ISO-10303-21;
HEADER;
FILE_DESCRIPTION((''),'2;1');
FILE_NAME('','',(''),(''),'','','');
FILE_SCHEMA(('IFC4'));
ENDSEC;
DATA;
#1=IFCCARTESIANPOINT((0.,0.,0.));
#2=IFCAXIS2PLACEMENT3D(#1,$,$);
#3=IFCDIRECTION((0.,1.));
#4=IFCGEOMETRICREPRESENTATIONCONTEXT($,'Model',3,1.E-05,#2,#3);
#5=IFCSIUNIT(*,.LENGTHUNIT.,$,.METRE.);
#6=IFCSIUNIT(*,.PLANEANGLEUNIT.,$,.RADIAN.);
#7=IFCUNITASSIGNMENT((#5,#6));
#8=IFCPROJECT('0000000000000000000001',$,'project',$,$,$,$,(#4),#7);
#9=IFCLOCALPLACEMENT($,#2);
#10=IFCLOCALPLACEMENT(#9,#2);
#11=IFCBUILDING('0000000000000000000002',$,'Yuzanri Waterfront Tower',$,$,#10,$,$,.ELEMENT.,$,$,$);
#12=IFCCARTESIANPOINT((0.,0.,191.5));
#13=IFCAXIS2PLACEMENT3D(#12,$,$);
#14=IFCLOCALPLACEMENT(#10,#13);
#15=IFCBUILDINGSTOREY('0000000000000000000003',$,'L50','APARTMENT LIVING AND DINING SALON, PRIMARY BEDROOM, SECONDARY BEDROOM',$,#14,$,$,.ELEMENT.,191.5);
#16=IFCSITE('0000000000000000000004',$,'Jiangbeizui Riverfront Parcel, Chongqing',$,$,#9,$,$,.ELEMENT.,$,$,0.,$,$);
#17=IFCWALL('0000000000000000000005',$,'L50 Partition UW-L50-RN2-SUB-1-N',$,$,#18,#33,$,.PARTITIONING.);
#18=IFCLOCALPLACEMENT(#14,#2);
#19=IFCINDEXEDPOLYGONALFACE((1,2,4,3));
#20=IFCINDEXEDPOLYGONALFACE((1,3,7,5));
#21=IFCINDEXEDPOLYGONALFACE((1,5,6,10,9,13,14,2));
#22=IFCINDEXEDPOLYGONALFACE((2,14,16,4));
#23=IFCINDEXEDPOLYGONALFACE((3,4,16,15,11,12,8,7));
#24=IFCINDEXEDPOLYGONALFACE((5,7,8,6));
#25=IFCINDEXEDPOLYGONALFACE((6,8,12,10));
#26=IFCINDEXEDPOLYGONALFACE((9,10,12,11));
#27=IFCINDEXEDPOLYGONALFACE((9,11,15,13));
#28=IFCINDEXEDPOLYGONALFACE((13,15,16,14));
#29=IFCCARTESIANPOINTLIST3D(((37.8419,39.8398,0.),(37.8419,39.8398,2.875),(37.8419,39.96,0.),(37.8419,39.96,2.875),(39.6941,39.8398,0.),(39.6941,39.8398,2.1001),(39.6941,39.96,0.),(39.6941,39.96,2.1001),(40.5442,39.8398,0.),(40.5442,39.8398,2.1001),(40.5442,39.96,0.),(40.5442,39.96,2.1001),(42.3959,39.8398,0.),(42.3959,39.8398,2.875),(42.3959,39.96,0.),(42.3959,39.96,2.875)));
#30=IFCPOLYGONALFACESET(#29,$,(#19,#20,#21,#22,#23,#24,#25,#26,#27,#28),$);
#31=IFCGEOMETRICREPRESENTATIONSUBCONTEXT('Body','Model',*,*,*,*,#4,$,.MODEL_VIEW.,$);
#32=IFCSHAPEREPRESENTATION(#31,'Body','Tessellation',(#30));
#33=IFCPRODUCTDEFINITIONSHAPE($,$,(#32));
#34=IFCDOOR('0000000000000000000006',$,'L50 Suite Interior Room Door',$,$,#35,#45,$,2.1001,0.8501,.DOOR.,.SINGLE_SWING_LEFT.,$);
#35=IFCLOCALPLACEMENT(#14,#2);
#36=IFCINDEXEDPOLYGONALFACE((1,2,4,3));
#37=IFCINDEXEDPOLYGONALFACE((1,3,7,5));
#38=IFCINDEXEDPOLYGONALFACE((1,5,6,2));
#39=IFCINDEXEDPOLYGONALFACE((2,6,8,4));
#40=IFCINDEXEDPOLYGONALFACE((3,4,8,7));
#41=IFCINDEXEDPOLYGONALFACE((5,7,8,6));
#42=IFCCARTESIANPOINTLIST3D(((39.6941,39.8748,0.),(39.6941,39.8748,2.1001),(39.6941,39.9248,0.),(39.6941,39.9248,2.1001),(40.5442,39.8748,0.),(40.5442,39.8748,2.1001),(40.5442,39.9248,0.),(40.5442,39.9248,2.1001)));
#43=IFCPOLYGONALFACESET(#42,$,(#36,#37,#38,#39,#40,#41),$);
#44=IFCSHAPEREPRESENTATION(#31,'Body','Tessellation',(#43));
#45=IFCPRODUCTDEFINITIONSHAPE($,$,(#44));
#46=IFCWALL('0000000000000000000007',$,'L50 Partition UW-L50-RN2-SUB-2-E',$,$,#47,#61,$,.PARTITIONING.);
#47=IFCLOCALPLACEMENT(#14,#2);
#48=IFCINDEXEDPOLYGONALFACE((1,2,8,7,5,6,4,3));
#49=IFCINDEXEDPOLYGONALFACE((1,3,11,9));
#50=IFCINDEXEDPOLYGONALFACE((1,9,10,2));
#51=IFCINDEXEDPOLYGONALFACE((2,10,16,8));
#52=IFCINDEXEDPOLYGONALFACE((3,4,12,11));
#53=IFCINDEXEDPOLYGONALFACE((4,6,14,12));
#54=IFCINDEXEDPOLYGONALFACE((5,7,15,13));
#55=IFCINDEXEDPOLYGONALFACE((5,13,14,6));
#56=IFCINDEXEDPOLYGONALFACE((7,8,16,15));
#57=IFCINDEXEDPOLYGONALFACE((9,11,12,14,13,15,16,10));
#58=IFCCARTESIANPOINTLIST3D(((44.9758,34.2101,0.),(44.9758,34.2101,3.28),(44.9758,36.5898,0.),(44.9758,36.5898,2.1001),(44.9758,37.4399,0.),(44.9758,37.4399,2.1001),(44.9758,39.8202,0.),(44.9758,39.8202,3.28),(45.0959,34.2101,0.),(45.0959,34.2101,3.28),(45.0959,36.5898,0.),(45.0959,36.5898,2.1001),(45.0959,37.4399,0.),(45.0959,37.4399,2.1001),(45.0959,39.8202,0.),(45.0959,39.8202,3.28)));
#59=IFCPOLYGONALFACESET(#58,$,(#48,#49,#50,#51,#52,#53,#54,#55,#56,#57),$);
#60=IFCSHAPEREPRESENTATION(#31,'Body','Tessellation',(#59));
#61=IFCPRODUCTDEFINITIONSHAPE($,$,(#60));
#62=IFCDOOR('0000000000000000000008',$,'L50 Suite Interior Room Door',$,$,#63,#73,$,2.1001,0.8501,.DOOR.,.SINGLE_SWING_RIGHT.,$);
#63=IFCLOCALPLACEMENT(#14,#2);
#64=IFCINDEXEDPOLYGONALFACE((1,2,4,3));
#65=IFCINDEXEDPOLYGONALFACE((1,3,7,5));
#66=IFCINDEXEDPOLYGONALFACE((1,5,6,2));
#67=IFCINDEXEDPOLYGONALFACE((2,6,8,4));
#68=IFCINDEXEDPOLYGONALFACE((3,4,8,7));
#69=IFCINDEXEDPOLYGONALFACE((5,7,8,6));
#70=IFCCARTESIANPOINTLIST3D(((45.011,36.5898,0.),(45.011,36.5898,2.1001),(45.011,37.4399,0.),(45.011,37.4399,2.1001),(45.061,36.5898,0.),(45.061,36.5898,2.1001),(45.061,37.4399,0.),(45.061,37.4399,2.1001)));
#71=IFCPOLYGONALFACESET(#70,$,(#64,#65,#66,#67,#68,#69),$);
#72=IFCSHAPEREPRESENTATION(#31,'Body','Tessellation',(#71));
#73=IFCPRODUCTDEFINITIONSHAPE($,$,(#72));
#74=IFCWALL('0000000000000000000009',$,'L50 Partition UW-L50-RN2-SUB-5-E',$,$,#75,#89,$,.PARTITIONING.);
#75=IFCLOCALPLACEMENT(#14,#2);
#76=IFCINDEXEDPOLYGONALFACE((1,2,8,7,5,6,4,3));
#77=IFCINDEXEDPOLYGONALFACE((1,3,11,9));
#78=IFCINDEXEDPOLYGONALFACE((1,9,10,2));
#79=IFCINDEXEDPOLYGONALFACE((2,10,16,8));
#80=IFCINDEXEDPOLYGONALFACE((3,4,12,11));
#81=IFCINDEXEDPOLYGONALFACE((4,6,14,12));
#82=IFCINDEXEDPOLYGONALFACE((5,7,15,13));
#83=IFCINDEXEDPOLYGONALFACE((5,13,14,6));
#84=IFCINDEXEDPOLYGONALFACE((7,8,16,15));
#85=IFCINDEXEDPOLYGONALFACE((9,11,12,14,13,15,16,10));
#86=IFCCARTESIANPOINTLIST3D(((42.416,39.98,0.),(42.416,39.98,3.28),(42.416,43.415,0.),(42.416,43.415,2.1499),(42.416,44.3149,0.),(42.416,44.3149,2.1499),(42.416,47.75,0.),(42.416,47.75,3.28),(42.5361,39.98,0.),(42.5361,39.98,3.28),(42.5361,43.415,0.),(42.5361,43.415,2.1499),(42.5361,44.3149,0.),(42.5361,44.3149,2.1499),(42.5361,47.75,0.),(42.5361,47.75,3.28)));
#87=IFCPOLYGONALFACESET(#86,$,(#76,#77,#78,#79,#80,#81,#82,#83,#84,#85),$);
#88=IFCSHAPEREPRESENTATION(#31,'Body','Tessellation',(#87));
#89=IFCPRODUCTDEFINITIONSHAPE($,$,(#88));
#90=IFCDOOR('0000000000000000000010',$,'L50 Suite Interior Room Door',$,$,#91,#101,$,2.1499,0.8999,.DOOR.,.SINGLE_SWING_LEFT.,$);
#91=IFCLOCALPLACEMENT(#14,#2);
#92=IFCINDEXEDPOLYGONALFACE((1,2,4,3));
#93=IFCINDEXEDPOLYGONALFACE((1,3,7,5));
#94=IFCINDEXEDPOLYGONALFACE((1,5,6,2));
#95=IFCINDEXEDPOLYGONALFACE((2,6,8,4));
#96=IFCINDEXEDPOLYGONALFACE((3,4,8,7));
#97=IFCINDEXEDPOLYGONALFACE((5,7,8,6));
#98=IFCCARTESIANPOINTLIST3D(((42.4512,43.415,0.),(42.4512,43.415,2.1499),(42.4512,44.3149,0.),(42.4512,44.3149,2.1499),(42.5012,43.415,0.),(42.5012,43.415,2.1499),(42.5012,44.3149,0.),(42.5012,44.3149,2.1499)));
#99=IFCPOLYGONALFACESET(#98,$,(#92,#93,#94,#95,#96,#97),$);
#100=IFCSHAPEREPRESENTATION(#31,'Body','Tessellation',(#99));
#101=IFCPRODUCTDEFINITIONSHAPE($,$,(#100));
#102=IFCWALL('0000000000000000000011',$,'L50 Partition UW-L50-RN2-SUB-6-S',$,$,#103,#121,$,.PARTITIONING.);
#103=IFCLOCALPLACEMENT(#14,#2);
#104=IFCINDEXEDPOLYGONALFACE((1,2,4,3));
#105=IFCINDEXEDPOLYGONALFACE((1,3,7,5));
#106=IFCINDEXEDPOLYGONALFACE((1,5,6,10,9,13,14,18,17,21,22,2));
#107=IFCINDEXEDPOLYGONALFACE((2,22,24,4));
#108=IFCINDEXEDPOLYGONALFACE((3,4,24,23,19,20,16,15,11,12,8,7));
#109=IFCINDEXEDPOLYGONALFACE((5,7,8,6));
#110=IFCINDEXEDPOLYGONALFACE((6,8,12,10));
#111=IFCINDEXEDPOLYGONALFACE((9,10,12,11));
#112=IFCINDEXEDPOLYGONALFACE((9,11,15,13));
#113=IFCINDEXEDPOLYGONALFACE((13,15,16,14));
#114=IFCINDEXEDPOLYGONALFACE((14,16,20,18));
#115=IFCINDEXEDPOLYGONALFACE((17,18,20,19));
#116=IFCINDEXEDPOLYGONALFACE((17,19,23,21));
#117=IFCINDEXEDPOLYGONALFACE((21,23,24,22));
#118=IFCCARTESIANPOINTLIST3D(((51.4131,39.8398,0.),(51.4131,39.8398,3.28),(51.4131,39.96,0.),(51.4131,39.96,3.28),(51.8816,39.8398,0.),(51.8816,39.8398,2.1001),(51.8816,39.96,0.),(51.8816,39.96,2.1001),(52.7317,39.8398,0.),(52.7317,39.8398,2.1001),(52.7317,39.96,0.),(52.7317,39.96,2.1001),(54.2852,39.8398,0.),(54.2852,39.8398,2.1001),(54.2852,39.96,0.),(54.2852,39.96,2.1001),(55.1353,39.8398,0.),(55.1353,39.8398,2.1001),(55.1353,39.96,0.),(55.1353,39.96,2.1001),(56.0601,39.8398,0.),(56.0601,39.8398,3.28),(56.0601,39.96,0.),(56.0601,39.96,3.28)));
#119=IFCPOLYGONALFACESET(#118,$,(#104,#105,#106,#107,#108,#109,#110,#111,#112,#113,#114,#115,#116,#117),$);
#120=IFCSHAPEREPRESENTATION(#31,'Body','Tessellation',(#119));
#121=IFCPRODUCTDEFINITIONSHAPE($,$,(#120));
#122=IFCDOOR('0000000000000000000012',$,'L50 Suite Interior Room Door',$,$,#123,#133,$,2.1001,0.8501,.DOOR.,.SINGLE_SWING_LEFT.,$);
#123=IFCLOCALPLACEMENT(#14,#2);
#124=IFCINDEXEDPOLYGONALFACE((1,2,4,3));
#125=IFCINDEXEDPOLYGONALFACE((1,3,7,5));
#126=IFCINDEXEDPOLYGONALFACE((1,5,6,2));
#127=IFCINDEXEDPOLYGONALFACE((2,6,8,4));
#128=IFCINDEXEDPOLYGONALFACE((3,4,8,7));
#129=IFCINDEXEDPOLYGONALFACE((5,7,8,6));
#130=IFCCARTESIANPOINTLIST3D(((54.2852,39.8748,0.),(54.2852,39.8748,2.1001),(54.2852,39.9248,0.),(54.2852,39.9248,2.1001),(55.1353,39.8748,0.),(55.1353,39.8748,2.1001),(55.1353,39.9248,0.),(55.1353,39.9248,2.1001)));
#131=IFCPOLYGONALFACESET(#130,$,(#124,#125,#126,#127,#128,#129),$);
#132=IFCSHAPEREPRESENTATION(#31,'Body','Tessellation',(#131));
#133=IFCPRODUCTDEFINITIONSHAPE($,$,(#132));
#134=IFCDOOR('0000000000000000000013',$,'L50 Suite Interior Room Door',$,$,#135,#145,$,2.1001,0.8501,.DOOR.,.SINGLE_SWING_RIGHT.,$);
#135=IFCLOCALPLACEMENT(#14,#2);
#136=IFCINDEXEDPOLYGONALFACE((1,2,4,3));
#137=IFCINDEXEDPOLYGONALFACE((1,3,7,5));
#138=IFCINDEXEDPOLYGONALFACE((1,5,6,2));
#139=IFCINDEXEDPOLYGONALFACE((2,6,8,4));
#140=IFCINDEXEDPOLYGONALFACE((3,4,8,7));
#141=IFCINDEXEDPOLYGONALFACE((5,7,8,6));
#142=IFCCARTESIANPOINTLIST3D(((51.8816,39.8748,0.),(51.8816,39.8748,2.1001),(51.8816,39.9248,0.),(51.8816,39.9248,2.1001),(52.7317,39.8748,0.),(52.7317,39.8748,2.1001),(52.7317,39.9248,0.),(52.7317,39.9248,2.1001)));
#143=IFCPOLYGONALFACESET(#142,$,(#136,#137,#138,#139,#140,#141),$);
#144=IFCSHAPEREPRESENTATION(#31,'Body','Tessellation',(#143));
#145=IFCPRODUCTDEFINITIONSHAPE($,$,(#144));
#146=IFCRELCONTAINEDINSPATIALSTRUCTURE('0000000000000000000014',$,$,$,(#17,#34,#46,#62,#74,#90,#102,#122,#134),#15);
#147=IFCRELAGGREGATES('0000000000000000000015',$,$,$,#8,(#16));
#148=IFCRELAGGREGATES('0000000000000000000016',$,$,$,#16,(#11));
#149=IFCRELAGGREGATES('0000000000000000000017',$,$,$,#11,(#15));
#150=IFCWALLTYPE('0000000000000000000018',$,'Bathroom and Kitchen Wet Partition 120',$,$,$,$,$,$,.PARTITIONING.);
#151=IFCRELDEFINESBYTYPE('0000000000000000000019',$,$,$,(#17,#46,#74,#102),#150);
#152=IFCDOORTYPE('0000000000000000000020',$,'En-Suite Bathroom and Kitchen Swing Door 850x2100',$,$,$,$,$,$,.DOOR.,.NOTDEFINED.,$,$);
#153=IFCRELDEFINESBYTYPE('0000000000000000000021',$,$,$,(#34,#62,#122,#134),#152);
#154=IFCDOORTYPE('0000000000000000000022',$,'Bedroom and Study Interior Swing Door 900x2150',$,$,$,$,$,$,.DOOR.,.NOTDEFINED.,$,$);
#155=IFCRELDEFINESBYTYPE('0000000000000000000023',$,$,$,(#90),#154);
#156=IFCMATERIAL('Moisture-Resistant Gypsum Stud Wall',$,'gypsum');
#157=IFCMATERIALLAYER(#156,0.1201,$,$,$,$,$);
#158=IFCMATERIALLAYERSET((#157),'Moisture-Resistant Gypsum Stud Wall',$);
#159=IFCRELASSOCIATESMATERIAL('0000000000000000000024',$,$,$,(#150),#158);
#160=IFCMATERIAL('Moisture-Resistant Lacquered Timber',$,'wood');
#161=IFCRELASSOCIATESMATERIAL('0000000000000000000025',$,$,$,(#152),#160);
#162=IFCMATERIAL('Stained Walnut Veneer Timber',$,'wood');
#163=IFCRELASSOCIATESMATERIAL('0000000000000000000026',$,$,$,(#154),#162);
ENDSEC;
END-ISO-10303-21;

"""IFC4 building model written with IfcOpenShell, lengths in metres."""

from ifc_helpers import new_model, si_unit, direction, frame, frame_2d, origin, place, context, subcontext, project, spatial, rectangle, extrude, source, transform, mapped, material, layer, layer_set, type_object, element, fill, save


model = new_model("IFC4")

# Units and contexts
model_context = context("Model", 3, precision=1e-05, world=origin(), true_north=direction((0.0, 1.0)))
body_context = subcontext(model_context, "Body", "Model", "MODEL_VIEW")
ifc_project = project(units=[si_unit("LENGTHUNIT", "METRE"), si_unit("PLANEANGLEUNIT", "RADIAN")], contexts=[model_context])

# Site, building, storey
site_placement = place(None, origin())
site = spatial("IfcSite", under=ifc_project, at=site_placement, Name="Jiangbeizui Riverfront Parcel, Chongqing", CompositionType="ELEMENT", RefElevation=0.0)
building_placement = place(site_placement, origin())
building = spatial("IfcBuilding", under=site, at=building_placement, Name="Yuzanri Waterfront Tower", CompositionType="ELEMENT")
storey_placement = place(building_placement, frame((0.0, 0.0, 191.5)))
storey = spatial("IfcBuildingStorey", under=building, at=storey_placement, Name="L50", Description="APARTMENT LIVING AND DINING SALON, PRIMARY BEDROOM, SECONDARY BEDROOM", CompositionType="ELEMENT", Elevation=191.5)

# Walls, openings, doors
ifc_material_1 = material(Name="Moisture-Resistant Gypsum Stud Wall", Category="gypsum")
ifc_layer_1 = layer(ifc_material_1, 0.1201)
ifc_layer_set_1 = layer_set([ifc_layer_1], Name="Moisture-Resistant Gypsum Stud Wall")
wall_type_1 = type_object("IfcWallType", Name="Bathroom and Kitchen Wet Partition 120", PredefinedType="PARTITIONING", material=ifc_layer_set_1)
wall_1_placement = place(storey_placement, frame((37.842, 39.8999, 0.0), z_axis=(0.0, 0.0, 1.0), x_axis=(1.0, 0.0, 0.0)))
wall_1 = element("IfcWall", 1, at=wall_1_placement, inside=storey, type_object=wall_type_1, Name="L50 Partition UW-L50-RN2-SUB-1-N", PredefinedType="PARTITIONING", context=body_context, shape_type="SweptSolid", body=[
    extrude(rectangle(XDim=4.554, YDim=0.1201, at=frame_2d((2.2769, 0.0))), origin(), (0.0, 0.0, 1.0), 2.875),
])
opening_1_placement = place(wall_1_placement, frame((1.8521, 0.0, 0.0)))
opening_1 = element("IfcOpeningElement", 2, at=opening_1_placement, cuts=wall_1, PredefinedType="OPENING", context=body_context, shape_type="SweptSolid", body=[
    extrude(rectangle(XDim=0.8501, YDim=2.1001, at=frame_2d((0.425, 1.05))), frame((0.0, 0.075, 0.0), z_axis=(0.0, -1.0, 0.0), x_axis=(1.0, 0.0, 0.0)), (0.0, 0.0, 1.0), 0.1499),
])
ifc_material_2 = material(Name="Moisture-Resistant Lacquered Timber", Category="wood")
door_type_1 = type_object("IfcDoorType", Name="En-Suite Bathroom and Kitchen Swing Door 850x2100", OperationType="NOTDEFINED", PredefinedType="DOOR", material=ifc_material_2)
shared_shape_1 = source(origin(), body_context, "Body", "SweptSolid", [
    extrude(rectangle(XDim=0.8501, YDim=2.1001, at=frame_2d((0.425, 1.05))), frame((0.0, 0.0249, 0.0), z_axis=(0.0, -1.0, 0.0), x_axis=(1.0, 0.0, 0.0)), (0.0, 0.0, 1.0), 0.05),
])
door_1_placement = place(opening_1_placement, origin())
door_1 = element("IfcDoor", 3, at=door_1_placement, inside=storey, type_object=door_type_1, Name="L50 Suite Interior Room Door", OperationType="SINGLE_SWING_LEFT", OverallHeight=2.1001, OverallWidth=0.8501, PredefinedType="DOOR", context=body_context, shape_type="MappedRepresentation", body=[
    mapped(shared_shape_1, transform((0.0, 0.0, 0.0), scale=1.0)),
])
fill(opening_1, door_1)
wall_2_placement = place(storey_placement, frame((45.0359, 34.21, 0.0), z_axis=(0.0, 0.0, 1.0), x_axis=(0.0, 1.0, 0.0)))
wall_2 = element("IfcWall", 4, at=wall_2_placement, inside=storey, type_object=wall_type_1, Name="L50 Partition UW-L50-RN2-SUB-2-E", PredefinedType="PARTITIONING", context=body_context, shape_type="SweptSolid", body=[
    extrude(rectangle(XDim=5.6101, YDim=0.1201, at=frame_2d((2.8052, 0.0))), origin(), (0.0, 0.0, 1.0), 3.28),
])
opening_2_placement = place(wall_2_placement, frame((2.3799, 0.0, 0.0)))
opening_2 = element("IfcOpeningElement", 5, at=opening_2_placement, cuts=wall_2, PredefinedType="OPENING", context=body_context, shape_type="SweptSolid", body=[
    extrude(rectangle(XDim=0.8501, YDim=2.1001, at=frame_2d((0.425, 1.05))), frame((0.0, 0.075, 0.0), z_axis=(0.0, -1.0, 0.0), x_axis=(1.0, 0.0, 0.0)), (0.0, 0.0, 1.0), 0.1499),
])
door_2_placement = place(opening_2_placement, origin())
door_2 = element("IfcDoor", 6, at=door_2_placement, inside=storey, type_object=door_type_1, Name="L50 Suite Interior Room Door", OperationType="SINGLE_SWING_RIGHT", OverallHeight=2.1001, OverallWidth=0.8501, PredefinedType="DOOR", context=body_context, shape_type="MappedRepresentation", body=[
    mapped(shared_shape_1, transform((0.0, 0.0, 0.0), scale=1.0)),
])
fill(opening_2, door_2)
wall_3_placement = place(storey_placement, frame((42.4761, 39.98, 0.0), z_axis=(0.0, 0.0, 1.0), x_axis=(0.0, 1.0, 0.0)))
wall_3 = element("IfcWall", 7, at=wall_3_placement, inside=storey, type_object=wall_type_1, Name="L50 Partition UW-L50-RN2-SUB-5-E", PredefinedType="PARTITIONING", context=body_context, shape_type="SweptSolid", body=[
    extrude(rectangle(XDim=7.77, YDim=0.1201, at=frame_2d((3.885, 0.0))), origin(), (0.0, 0.0, 1.0), 3.28),
])
opening_3_placement = place(wall_3_placement, frame((3.4351, 0.0, 0.0)))
opening_3 = element("IfcOpeningElement", 8, at=opening_3_placement, cuts=wall_3, PredefinedType="OPENING", context=body_context, shape_type="SweptSolid", body=[
    extrude(rectangle(XDim=0.8999, YDim=2.1499, at=frame_2d((0.45, 1.075))), frame((0.0, 0.075, 0.0), z_axis=(0.0, -1.0, 0.0), x_axis=(1.0, 0.0, 0.0)), (0.0, 0.0, 1.0), 0.1499),
])
ifc_material_3 = material(Name="Stained Walnut Veneer Timber", Category="wood")
door_type_2 = type_object("IfcDoorType", Name="Bedroom and Study Interior Swing Door 900x2150", OperationType="NOTDEFINED", PredefinedType="DOOR", material=ifc_material_3)
shared_shape_2 = source(origin(), body_context, "Body", "SweptSolid", [
    extrude(rectangle(XDim=0.8999, YDim=2.1499, at=frame_2d((0.45, 1.075))), frame((0.0, 0.0249, 0.0), z_axis=(0.0, -1.0, 0.0), x_axis=(1.0, 0.0, 0.0)), (0.0, 0.0, 1.0), 0.05),
])
door_3_placement = place(opening_3_placement, origin())
door_3 = element("IfcDoor", 9, at=door_3_placement, inside=storey, type_object=door_type_2, Name="L50 Suite Interior Room Door", OperationType="SINGLE_SWING_LEFT", OverallHeight=2.1499, OverallWidth=0.8999, PredefinedType="DOOR", context=body_context, shape_type="MappedRepresentation", body=[
    mapped(shared_shape_2, transform((0.0, 0.0, 0.0), scale=1.0)),
])
fill(opening_3, door_3)

# Wall, openings, doors
wall_4_placement = place(storey_placement, frame((51.4131, 39.8999, 0.0), z_axis=(0.0, 0.0, 1.0), x_axis=(1.0, 0.0, 0.0)))
wall_4 = element("IfcWall", 10, at=wall_4_placement, inside=storey, type_object=wall_type_1, Name="L50 Partition UW-L50-RN2-SUB-6-S", PredefinedType="PARTITIONING", context=body_context, shape_type="SweptSolid", body=[
    extrude(rectangle(XDim=4.647, YDim=0.1201, at=frame_2d((2.3235, 0.0))), origin(), (0.0, 0.0, 1.0), 3.28),
])
opening_4_placement = place(wall_4_placement, frame((2.8721, 0.0, 0.0)))
opening_4 = element("IfcOpeningElement", 11, at=opening_4_placement, cuts=wall_4, PredefinedType="OPENING", context=body_context, shape_type="SweptSolid", body=[
    extrude(rectangle(XDim=0.8501, YDim=2.1001, at=frame_2d((0.425, 1.05))), frame((0.0, 0.075, 0.0), z_axis=(0.0, -1.0, 0.0), x_axis=(1.0, 0.0, 0.0)), (0.0, 0.0, 1.0), 0.1499),
])
opening_5_placement = place(wall_4_placement, frame((0.4685, 0.0, 0.0)))
opening_5 = element("IfcOpeningElement", 12, at=opening_5_placement, cuts=wall_4, PredefinedType="OPENING", context=body_context, shape_type="SweptSolid", body=[
    extrude(rectangle(XDim=0.8501, YDim=2.1001, at=frame_2d((0.425, 1.05))), frame((0.0, 0.075, 0.0), z_axis=(0.0, -1.0, 0.0), x_axis=(1.0, 0.0, 0.0)), (0.0, 0.0, 1.0), 0.1499),
])
door_4_placement = place(opening_4_placement, origin())
door_4 = element("IfcDoor", 13, at=door_4_placement, inside=storey, type_object=door_type_1, Name="L50 Suite Interior Room Door", OperationType="SINGLE_SWING_LEFT", OverallHeight=2.1001, OverallWidth=0.8501, PredefinedType="DOOR", context=body_context, shape_type="MappedRepresentation", body=[
    mapped(shared_shape_1, transform((0.0, 0.0, 0.0), scale=1.0)),
])
fill(opening_4, door_4)
door_5_placement = place(opening_5_placement, origin())
door_5 = element("IfcDoor", 14, at=door_5_placement, inside=storey, type_object=door_type_1, Name="L50 Suite Interior Room Door", OperationType="SINGLE_SWING_RIGHT", OverallHeight=2.1001, OverallWidth=0.8501, PredefinedType="DOOR", context=body_context, shape_type="MappedRepresentation", body=[
    mapped(shared_shape_1, transform((0.0, 0.0, 0.0), scale=1.0)),
])
fill(opening_5, door_5)

save(model, "model.ifc")
